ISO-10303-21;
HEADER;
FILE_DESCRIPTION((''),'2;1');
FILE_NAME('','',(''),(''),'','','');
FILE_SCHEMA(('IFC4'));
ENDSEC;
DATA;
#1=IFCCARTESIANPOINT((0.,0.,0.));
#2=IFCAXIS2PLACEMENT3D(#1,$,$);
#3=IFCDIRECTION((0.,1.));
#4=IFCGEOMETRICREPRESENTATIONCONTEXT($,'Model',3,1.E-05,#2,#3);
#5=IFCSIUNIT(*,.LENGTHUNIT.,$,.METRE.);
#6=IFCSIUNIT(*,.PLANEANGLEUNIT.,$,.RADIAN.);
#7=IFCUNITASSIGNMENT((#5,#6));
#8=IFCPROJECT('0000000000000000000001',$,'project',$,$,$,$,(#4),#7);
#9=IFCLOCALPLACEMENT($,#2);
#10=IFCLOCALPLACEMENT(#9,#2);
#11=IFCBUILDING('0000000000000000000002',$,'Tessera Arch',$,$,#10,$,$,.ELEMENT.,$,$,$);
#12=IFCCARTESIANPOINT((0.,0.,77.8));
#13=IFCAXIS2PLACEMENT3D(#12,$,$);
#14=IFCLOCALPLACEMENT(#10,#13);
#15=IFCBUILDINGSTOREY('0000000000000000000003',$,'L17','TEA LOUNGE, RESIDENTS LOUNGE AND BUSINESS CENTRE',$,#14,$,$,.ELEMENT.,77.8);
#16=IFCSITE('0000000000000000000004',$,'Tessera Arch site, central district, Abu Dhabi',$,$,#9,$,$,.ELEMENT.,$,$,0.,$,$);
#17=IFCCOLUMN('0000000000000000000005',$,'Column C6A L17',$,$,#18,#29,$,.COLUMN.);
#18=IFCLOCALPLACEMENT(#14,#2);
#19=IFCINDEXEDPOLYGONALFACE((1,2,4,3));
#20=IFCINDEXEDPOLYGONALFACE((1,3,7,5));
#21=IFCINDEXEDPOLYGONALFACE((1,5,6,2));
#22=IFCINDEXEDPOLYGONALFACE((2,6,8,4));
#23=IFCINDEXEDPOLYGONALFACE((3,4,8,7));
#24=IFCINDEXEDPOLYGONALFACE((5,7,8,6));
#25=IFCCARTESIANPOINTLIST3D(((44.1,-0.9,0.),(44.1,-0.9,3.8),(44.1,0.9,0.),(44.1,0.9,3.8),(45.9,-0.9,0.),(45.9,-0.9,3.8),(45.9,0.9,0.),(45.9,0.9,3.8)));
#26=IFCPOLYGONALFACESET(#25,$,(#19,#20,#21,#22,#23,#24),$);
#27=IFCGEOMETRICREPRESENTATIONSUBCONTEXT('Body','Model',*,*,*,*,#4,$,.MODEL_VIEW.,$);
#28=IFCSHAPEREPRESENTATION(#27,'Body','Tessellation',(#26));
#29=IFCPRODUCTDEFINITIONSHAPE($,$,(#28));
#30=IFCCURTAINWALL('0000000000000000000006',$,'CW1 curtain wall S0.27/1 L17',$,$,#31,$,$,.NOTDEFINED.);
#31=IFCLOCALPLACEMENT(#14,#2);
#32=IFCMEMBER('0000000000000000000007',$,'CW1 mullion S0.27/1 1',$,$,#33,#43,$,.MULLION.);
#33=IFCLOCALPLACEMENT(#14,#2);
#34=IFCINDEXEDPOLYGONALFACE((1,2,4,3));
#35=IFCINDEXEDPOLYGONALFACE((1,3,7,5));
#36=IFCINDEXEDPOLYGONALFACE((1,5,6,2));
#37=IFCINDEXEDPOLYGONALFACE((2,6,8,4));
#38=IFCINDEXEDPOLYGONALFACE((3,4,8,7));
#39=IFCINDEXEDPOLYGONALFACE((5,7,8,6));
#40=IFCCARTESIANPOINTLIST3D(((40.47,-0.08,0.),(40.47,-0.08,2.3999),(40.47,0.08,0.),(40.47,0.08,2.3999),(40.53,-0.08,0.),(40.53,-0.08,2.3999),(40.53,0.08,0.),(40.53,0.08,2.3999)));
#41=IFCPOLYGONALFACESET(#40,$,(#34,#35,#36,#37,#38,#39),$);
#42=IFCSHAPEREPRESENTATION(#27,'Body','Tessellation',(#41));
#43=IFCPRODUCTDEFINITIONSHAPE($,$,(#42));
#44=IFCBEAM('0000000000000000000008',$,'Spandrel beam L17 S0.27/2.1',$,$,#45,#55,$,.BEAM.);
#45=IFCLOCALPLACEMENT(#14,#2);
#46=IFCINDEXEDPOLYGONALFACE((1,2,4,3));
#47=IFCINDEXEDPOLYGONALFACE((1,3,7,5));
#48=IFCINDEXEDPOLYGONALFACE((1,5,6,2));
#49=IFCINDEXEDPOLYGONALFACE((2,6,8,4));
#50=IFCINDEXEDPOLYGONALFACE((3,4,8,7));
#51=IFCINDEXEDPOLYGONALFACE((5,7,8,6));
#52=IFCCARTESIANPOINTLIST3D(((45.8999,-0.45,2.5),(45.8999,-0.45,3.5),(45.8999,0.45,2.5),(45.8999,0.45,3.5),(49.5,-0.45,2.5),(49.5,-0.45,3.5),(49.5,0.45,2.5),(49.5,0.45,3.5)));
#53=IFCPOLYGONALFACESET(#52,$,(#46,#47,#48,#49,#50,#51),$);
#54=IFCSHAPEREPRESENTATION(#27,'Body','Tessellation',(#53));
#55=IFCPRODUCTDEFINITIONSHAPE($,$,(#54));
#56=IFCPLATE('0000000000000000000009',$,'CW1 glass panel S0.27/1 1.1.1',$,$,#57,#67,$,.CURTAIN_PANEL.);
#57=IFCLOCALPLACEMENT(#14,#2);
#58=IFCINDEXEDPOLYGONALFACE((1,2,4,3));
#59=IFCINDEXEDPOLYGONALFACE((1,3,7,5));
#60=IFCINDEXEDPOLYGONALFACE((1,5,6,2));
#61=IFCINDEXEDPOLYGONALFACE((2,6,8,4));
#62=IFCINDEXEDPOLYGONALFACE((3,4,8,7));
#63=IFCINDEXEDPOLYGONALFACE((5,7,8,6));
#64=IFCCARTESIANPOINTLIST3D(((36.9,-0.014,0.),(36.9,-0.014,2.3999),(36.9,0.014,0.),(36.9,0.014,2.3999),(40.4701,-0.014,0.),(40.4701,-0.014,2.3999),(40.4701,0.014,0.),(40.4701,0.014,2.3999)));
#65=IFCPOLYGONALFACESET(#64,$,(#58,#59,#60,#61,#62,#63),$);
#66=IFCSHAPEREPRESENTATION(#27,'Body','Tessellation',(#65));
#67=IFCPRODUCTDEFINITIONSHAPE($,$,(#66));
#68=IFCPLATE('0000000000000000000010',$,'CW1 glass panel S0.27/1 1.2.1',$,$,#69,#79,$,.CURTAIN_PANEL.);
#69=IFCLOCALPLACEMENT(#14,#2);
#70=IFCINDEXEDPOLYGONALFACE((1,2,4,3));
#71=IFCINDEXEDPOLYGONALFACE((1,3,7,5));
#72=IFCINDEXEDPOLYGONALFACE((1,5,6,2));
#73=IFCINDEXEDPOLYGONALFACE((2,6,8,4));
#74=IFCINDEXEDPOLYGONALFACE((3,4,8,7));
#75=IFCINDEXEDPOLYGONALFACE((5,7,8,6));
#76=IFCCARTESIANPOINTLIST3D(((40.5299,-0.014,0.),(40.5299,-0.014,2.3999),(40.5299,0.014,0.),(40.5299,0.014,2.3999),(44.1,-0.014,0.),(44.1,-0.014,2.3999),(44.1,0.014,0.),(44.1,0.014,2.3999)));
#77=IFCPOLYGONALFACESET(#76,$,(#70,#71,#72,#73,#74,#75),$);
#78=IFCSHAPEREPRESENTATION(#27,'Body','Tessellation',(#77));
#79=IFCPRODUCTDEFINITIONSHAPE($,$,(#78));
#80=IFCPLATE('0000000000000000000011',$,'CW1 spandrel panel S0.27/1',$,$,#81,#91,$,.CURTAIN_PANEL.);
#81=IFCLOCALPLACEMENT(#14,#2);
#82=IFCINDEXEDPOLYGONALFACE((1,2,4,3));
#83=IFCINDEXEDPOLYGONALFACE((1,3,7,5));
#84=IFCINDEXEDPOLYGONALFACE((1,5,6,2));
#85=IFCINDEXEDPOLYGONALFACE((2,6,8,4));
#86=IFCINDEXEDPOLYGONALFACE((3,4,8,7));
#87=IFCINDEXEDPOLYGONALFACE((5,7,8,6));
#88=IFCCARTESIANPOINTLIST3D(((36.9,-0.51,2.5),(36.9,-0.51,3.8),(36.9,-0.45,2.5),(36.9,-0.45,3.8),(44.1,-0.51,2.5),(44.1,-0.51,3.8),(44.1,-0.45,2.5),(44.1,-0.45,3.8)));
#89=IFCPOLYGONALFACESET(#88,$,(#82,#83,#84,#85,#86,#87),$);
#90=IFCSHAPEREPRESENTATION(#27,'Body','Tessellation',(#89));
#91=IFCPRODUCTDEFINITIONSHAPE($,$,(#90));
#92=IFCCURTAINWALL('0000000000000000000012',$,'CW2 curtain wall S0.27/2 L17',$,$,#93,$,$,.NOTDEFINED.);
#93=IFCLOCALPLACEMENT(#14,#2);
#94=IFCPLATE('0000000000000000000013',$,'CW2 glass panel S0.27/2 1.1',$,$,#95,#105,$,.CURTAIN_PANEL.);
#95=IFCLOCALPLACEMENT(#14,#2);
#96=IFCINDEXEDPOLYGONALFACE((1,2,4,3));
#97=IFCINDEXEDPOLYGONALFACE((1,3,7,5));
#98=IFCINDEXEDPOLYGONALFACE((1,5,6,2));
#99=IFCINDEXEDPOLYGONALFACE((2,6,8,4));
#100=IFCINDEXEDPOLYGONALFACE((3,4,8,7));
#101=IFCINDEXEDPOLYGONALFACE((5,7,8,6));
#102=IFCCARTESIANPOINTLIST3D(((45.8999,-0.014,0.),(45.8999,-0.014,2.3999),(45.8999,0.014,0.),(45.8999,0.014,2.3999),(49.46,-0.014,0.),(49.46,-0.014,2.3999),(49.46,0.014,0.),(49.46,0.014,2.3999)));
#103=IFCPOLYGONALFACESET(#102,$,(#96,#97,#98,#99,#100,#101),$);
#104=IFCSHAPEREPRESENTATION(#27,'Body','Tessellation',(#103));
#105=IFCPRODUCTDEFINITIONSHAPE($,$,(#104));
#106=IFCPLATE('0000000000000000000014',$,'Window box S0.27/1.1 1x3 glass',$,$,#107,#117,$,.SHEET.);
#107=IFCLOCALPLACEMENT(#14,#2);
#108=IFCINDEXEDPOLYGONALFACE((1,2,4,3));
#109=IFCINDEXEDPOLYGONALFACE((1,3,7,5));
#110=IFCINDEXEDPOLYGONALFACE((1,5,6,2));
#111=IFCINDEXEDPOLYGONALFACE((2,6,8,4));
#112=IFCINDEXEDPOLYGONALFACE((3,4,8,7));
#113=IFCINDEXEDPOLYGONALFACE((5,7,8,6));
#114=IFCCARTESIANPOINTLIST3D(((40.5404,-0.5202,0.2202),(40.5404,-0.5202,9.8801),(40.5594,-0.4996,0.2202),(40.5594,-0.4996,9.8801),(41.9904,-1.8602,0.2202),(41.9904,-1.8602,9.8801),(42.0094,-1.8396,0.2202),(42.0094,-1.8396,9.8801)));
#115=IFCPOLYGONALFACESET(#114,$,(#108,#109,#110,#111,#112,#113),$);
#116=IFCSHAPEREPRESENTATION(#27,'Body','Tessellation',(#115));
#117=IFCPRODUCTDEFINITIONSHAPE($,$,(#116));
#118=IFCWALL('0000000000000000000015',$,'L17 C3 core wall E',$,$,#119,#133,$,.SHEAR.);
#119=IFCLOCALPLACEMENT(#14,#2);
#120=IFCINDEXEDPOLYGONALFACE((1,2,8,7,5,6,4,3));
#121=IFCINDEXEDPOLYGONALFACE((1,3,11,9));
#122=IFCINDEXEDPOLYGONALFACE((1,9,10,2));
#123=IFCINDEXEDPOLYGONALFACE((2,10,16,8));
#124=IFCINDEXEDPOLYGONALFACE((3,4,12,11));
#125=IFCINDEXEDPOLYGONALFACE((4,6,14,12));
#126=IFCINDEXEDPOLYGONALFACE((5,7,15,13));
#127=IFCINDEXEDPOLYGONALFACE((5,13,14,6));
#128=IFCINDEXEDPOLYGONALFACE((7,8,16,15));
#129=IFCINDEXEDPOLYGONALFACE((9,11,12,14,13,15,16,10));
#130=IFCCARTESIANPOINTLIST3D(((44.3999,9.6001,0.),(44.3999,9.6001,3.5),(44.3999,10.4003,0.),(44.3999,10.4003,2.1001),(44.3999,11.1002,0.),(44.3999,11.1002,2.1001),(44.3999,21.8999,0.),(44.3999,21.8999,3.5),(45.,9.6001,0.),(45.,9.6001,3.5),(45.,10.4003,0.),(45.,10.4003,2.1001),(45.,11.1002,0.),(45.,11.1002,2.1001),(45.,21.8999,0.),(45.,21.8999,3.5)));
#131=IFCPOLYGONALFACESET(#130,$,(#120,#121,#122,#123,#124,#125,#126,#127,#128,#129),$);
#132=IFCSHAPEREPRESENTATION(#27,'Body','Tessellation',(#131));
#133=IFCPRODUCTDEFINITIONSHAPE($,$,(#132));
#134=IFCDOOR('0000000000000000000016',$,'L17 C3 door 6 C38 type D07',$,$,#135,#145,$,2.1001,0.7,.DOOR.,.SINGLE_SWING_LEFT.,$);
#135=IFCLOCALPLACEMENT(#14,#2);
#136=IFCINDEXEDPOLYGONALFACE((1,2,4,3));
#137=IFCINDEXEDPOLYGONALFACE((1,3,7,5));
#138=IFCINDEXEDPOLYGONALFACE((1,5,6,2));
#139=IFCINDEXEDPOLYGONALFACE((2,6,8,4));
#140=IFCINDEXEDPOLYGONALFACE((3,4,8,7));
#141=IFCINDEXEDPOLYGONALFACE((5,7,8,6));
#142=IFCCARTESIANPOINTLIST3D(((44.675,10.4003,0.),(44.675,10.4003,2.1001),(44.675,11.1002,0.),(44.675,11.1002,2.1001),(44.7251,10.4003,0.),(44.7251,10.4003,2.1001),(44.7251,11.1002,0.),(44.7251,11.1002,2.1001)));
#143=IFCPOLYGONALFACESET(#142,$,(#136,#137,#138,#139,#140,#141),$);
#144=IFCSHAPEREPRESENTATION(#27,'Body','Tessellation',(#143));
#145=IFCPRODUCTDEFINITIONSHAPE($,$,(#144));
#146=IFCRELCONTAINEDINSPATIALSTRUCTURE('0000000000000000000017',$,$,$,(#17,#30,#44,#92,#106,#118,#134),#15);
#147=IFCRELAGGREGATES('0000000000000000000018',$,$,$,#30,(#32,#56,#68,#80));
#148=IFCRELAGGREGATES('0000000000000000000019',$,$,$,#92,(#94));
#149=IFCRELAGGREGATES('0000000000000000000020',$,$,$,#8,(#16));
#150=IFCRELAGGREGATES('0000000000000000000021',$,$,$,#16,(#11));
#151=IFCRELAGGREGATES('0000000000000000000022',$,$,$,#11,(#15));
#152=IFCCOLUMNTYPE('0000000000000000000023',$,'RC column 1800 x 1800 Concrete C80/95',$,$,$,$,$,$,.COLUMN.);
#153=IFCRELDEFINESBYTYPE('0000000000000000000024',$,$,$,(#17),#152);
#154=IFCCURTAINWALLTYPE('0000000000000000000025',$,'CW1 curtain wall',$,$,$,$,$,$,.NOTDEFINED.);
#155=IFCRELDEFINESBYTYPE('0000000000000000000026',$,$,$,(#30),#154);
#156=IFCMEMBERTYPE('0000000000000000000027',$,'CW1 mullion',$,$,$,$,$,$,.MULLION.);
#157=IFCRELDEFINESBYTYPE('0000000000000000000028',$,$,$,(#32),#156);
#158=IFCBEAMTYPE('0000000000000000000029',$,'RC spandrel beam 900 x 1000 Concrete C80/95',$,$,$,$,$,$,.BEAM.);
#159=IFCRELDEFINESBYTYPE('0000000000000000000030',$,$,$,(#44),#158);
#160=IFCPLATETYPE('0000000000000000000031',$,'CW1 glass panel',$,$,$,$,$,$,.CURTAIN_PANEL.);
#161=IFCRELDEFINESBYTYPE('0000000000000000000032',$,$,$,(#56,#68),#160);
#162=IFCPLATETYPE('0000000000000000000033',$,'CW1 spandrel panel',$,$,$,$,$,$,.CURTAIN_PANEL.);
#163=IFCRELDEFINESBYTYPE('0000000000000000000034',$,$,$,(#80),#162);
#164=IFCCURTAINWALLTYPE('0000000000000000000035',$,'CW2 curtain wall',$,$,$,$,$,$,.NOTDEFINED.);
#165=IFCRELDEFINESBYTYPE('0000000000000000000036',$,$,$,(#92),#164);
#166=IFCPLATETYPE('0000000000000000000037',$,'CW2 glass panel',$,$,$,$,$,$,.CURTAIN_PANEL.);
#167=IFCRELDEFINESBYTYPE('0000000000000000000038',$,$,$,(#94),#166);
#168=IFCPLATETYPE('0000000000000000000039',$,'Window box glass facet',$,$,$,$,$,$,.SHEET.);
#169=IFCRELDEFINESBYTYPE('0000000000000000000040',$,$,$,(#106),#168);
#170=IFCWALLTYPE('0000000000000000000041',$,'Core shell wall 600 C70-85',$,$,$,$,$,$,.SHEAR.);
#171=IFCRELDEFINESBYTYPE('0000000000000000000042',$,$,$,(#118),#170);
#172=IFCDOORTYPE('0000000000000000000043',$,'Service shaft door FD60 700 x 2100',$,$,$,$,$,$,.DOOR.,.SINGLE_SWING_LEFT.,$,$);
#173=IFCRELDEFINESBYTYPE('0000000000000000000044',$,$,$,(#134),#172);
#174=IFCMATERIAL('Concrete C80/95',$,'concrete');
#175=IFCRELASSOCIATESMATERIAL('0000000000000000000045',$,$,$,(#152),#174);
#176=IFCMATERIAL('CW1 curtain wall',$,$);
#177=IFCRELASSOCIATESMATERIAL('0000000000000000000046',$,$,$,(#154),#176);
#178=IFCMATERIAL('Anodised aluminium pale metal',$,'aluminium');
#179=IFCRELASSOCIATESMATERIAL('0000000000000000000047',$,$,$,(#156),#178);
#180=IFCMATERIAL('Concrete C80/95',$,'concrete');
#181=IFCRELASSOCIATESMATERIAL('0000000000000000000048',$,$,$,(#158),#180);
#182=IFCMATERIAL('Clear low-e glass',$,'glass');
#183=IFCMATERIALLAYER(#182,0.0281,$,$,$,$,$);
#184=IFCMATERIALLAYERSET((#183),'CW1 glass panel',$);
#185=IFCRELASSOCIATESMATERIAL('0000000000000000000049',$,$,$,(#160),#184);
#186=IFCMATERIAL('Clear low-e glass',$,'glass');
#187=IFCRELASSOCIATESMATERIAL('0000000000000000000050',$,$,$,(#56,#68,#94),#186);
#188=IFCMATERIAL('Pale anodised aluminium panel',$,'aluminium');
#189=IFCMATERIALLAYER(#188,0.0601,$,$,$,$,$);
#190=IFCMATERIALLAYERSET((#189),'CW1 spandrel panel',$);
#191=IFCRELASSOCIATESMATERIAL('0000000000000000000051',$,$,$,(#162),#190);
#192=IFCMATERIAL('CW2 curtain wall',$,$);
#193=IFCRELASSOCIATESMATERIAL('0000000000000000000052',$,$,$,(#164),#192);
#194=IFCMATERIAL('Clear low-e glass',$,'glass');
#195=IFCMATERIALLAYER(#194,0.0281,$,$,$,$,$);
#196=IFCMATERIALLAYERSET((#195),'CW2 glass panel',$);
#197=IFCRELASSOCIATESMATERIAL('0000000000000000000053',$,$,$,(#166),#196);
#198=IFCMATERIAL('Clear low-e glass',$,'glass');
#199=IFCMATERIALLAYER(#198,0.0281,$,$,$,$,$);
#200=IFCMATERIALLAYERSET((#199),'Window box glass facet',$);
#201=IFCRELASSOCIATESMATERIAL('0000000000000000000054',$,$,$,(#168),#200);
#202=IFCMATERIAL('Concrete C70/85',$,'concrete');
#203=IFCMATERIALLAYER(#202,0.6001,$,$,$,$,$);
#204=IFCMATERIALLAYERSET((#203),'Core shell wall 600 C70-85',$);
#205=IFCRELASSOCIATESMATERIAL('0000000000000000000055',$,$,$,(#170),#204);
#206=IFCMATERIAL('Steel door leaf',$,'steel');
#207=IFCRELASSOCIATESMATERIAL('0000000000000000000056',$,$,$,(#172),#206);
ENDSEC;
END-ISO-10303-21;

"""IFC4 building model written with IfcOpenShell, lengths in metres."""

from ifc_helpers import new_model, si_unit, direction, frame, frame_2d, origin, origin_2d, place, context, subcontext, project, spatial, rectangle, extrude, material, layer, layer_set, material_profile, profile_set, type_object, element, fill, aggregate, save


model = new_model("IFC4")

# Units and contexts
model_context = context("Model", 3, precision=1e-05, world=origin(), true_north=direction((0.0, 1.0)))
body_context = subcontext(model_context, "Body", "Model", "MODEL_VIEW")
ifc_project = project(units=[si_unit("LENGTHUNIT", "METRE"), si_unit("PLANEANGLEUNIT", "RADIAN")], contexts=[model_context])

# Site, building, storey
site_placement = place(None, origin())
site = spatial("IfcSite", under=ifc_project, at=site_placement, Name="Tessera Arch site, central district, Abu Dhabi", CompositionType="ELEMENT", RefElevation=0.0)
building_placement = place(site_placement, origin())
building = spatial("IfcBuilding", under=site, at=building_placement, Name="Tessera Arch", CompositionType="ELEMENT")
storey_placement = place(building_placement, frame((0.0, 0.0, 77.8)))
storey = spatial("IfcBuildingStorey", under=building, at=storey_placement, Name="L17", Description="TEA LOUNGE, RESIDENTS LOUNGE AND BUSINESS CENTRE", CompositionType="ELEMENT", Elevation=77.8)

# Column
ifc_material_1 = material(Name="Concrete C80/95", Category="concrete")
ifc_material_profile_1 = material_profile(ifc_material_1, rectangle(XDim=1.8, YDim=1.8, at=origin_2d()), Name="RC column 1800 x 1800 Concrete C80/95")
ifc_profile_set_1 = profile_set([ifc_material_profile_1], Name="Concrete C80/95")
column_type = type_object("IfcColumnType", Name="RC column 1800 x 1800 Concrete C80/95", PredefinedType="COLUMN", material=ifc_profile_set_1)
column_placement = place(storey_placement, frame((45.0, 0.0, 0.0), z_axis=(0.0, 0.0, 1.0), x_axis=(1.0, 0.0, 0.0)))
element("IfcColumn", 1, at=column_placement, inside=storey, type_object=column_type, Name="Column C6A L17", PredefinedType="COLUMN", context=body_context, shape_type="SweptSolid", body=[
    extrude(rectangle(XDim=1.8, YDim=1.8, at=origin_2d()), origin(), (0.0, 0.0, 1.0), 3.8),
])

# Curtain wall, member
ifc_material_2 = material(Name="CW1 curtain wall")
curtain_wall_type_1 = type_object("IfcCurtainWallType", Name="CW1 curtain wall", PredefinedType="NOTDEFINED", material=ifc_material_2)
curtain_wall_1_placement = place(storey_placement, origin())
curtain_wall_1 = element("IfcCurtainWall", 2, at=curtain_wall_1_placement, inside=storey, type_object=curtain_wall_type_1, Name="CW1 curtain wall S0.27/1 L17", PredefinedType="NOTDEFINED")
ifc_material_3 = material(Name="Anodised aluminium pale metal", Category="aluminium")
ifc_material_profile_2 = material_profile(ifc_material_3, rectangle(XDim=0.1599, YDim=0.0601, at=origin_2d()), Name="AL 60x160")
ifc_profile_set_2 = profile_set([ifc_material_profile_2], Name="Anodised aluminium pale metal")
member_type = type_object("IfcMemberType", Name="CW1 mullion", PredefinedType="MULLION", material=ifc_profile_set_2)
member_placement = place(storey_placement, frame((40.5, 0.0, 0.0), z_axis=(0.0, 0.0, 1.0), x_axis=(0.0, 1.0, 0.0)))
member = element("IfcMember", 3, at=member_placement, type_object=member_type, Name="CW1 mullion S0.27/1 1", PredefinedType="MULLION", context=body_context, shape_type="SweptSolid", body=[
    extrude(rectangle(XDim=0.1599, YDim=0.0601, at=origin_2d()), origin(), (0.0, 0.0, 1.0), 2.3999),
])

# Beam
ifc_material_4 = material(Name="Concrete C80/95", Category="concrete")
ifc_material_profile_3 = material_profile(ifc_material_4, rectangle(XDim=0.8999, YDim=1.0, at=origin_2d()), Name="RC spandrel beam 900 x 1000 Concrete C80/95")
ifc_profile_set_3 = profile_set([ifc_material_profile_3], Name="Concrete C80/95")
beam_type = type_object("IfcBeamType", Name="RC spandrel beam 900 x 1000 Concrete C80/95", PredefinedType="BEAM", material=ifc_profile_set_3)
beam_placement = place(storey_placement, frame((45.8999, 0.0, 3.0), z_axis=(1.0, 0.0, 0.0), x_axis=(0.0, 1.0, 0.0)))
element("IfcBeam", 4, at=beam_placement, inside=storey, type_object=beam_type, Name="Spandrel beam L17 S0.27/2.1", PredefinedType="BEAM", context=body_context, shape_type="SweptSolid", body=[
    extrude(rectangle(XDim=0.8999, YDim=1.0, at=origin_2d()), origin(), (0.0, 0.0, 1.0), 3.6001),
])

# Plates
ifc_material_5 = material(Name="Clear low-e glass", Category="glass")
ifc_material_6 = material(Name="Clear low-e glass", Category="glass")
ifc_layer_1 = layer(ifc_material_6, 0.0281)
ifc_layer_set_1 = layer_set([ifc_layer_1], Name="CW1 glass panel")
plate_type_1 = type_object("IfcPlateType", Name="CW1 glass panel", PredefinedType="CURTAIN_PANEL", material=ifc_layer_set_1)
plate_1_placement = place(storey_placement, frame((38.6851, 0.0, 0.0), z_axis=(0.0, 0.0, 1.0), x_axis=(1.0, 0.0, 0.0)))
plate_1 = element("IfcPlate", 5, at=plate_1_placement, type_object=plate_type_1, material=ifc_material_5, Name="CW1 glass panel S0.27/1 1.1.1", PredefinedType="CURTAIN_PANEL", context=body_context, shape_type="SweptSolid", body=[
    extrude(rectangle(XDim=3.5701, YDim=0.0281, at=origin_2d()), origin(), (0.0, 0.0, 1.0), 2.3999),
])
plate_2_placement = place(storey_placement, frame((42.3149, 0.0, 0.0), z_axis=(0.0, 0.0, 1.0), x_axis=(1.0, 0.0, 0.0)))
plate_2 = element("IfcPlate", 6, at=plate_2_placement, type_object=plate_type_1, material=ifc_material_5, Name="CW1 glass panel S0.27/1 1.2.1", PredefinedType="CURTAIN_PANEL", context=body_context, shape_type="SweptSolid", body=[
    extrude(rectangle(XDim=3.5701, YDim=0.0281, at=origin_2d()), origin(), (0.0, 0.0, 1.0), 2.3999),
])
ifc_material_7 = material(Name="Pale anodised aluminium panel", Category="aluminium")
ifc_layer_2 = layer(ifc_material_7, 0.0601)
ifc_layer_set_2 = layer_set([ifc_layer_2], Name="CW1 spandrel panel")
plate_type_2 = type_object("IfcPlateType", Name="CW1 spandrel panel", PredefinedType="CURTAIN_PANEL", material=ifc_layer_set_2)
plate_3_placement = place(storey_placement, frame((40.5, -0.48, 2.5), z_axis=(0.0, 0.0, 1.0), x_axis=(1.0, 0.0, 0.0)))
plate_3 = element("IfcPlate", 7, at=plate_3_placement, type_object=plate_type_2, Name="CW1 spandrel panel S0.27/1", PredefinedType="CURTAIN_PANEL", context=body_context, shape_type="SweptSolid", body=[
    extrude(rectangle(XDim=7.2, YDim=0.0601, at=origin_2d()), origin(), (0.0, 0.0, 1.0), 1.3),
])
aggregate(curtain_wall_1, [member, plate_1, plate_2, plate_3])

# Curtain wall, plate
ifc_material_8 = material(Name="CW2 curtain wall")
curtain_wall_type_2 = type_object("IfcCurtainWallType", Name="CW2 curtain wall", PredefinedType="NOTDEFINED", material=ifc_material_8)
curtain_wall_2_placement = place(storey_placement, origin())
curtain_wall_2 = element("IfcCurtainWall", 8, at=curtain_wall_2_placement, inside=storey, type_object=curtain_wall_type_2, Name="CW2 curtain wall S0.27/2 L17", PredefinedType="NOTDEFINED")
ifc_material_9 = material(Name="Clear low-e glass", Category="glass")
ifc_layer_3 = layer(ifc_material_9, 0.0281)
ifc_layer_set_3 = layer_set([ifc_layer_3], Name="CW2 glass panel")
plate_type_3 = type_object("IfcPlateType", Name="CW2 glass panel", PredefinedType="CURTAIN_PANEL", material=ifc_layer_set_3)
plate_4_placement = place(storey_placement, frame((47.6799, 0.0, 0.0), z_axis=(0.0, 0.0, 1.0), x_axis=(1.0, 0.0, 0.0)))
plate_4 = element("IfcPlate", 9, at=plate_4_placement, type_object=plate_type_3, material=ifc_material_5, Name="CW2 glass panel S0.27/2 1.1", PredefinedType="CURTAIN_PANEL", context=body_context, shape_type="SweptSolid", body=[
    extrude(rectangle(XDim=3.5601, YDim=0.0281, at=origin_2d()), origin(), (0.0, 0.0, 1.0), 2.3999),
])
aggregate(curtain_wall_2, [plate_4])

# Plate
ifc_material_10 = material(Name="Clear low-e glass", Category="glass")
ifc_layer_4 = layer(ifc_material_10, 0.0281)
ifc_layer_set_4 = layer_set([ifc_layer_4], Name="Window box glass facet")
plate_type_4 = type_object("IfcPlateType", Name="Window box glass facet", PredefinedType="SHEET", material=ifc_layer_set_4)
plate_5_placement = place(storey_placement, frame((41.2749, -1.1799, 0.2202), z_axis=(0.0, 0.0, 1.0), x_axis=(0.734415, -0.678701, 0.0)))
element("IfcPlate", 10, at=plate_5_placement, inside=storey, type_object=plate_type_4, Name="Window box S0.27/1.1 1x3 glass", PredefinedType="SHEET", context=body_context, shape_type="SweptSolid", body=[
    extrude(rectangle(XDim=1.9744, YDim=0.0281, at=origin_2d()), origin(), (0.0, 0.0, 1.0), 9.6599),
])

# Wall, opening, door
ifc_material_11 = material(Name="Concrete C70/85", Category="concrete")
ifc_layer_5 = layer(ifc_material_11, 0.6001)
ifc_layer_set_5 = layer_set([ifc_layer_5], Name="Core shell wall 600 C70-85")
wall_type_1 = type_object("IfcWallType", Name="Core shell wall 600 C70-85", PredefinedType="SHEAR", material=ifc_layer_set_5)
wall_1_placement = place(storey_placement, frame((44.7, 9.6001, 0.0), z_axis=(0.0, 0.0, 1.0), x_axis=(0.0, 1.0, 0.0)))
wall_1 = element("IfcWall", 11, at=wall_1_placement, inside=storey, type_object=wall_type_1, Name="L17 C3 core wall E", PredefinedType="SHEAR", context=body_context, shape_type="SweptSolid", body=[
    extrude(rectangle(XDim=12.2998, YDim=0.6001, at=frame_2d((6.1499, 0.0))), origin(), (0.0, 0.0, 1.0), 3.5),
])
opening_1_placement = place(wall_1_placement, frame((0.8, 0.0, 0.0)))
opening_1 = element("IfcOpeningElement", 12, at=opening_1_placement, cuts=wall_1, PredefinedType="OPENING", context=body_context, shape_type="SweptSolid", body=[
    extrude(rectangle(XDim=0.7, YDim=2.1001, at=frame_2d((0.3501, 1.05))), frame((0.0, 0.3101, 0.0), z_axis=(0.0, -1.0, 0.0), x_axis=(1.0, 0.0, 0.0)), (0.0, 0.0, 1.0), 0.6201),
])
ifc_material_12 = material(Name="Steel door leaf", Category="steel")
door_type_1 = type_object("IfcDoorType", Name="Service shaft door FD60 700 x 2100", OperationType="SINGLE_SWING_LEFT", PredefinedType="DOOR", material=ifc_material_12)
door_1_placement = place(opening_1_placement, origin())
door_1 = element("IfcDoor", 13, at=door_1_placement, inside=storey, type_object=door_type_1, Name="L17 C3 door 6 C38 type D07", OperationType="SINGLE_SWING_LEFT", OverallHeight=2.1001, OverallWidth=0.7, PredefinedType="DOOR", context=body_context, shape_type="SweptSolid", body=[
    extrude(rectangle(XDim=0.7, YDim=2.1001, at=frame_2d((0.3501, 1.05))), frame((0.0, 0.0249, 0.0), z_axis=(0.0, -1.0, 0.0), x_axis=(1.0, 0.0, 0.0)), (0.0, 0.0, 1.0), 0.05),
])
fill(opening_1, door_1)

save(model, "model.ifc")
